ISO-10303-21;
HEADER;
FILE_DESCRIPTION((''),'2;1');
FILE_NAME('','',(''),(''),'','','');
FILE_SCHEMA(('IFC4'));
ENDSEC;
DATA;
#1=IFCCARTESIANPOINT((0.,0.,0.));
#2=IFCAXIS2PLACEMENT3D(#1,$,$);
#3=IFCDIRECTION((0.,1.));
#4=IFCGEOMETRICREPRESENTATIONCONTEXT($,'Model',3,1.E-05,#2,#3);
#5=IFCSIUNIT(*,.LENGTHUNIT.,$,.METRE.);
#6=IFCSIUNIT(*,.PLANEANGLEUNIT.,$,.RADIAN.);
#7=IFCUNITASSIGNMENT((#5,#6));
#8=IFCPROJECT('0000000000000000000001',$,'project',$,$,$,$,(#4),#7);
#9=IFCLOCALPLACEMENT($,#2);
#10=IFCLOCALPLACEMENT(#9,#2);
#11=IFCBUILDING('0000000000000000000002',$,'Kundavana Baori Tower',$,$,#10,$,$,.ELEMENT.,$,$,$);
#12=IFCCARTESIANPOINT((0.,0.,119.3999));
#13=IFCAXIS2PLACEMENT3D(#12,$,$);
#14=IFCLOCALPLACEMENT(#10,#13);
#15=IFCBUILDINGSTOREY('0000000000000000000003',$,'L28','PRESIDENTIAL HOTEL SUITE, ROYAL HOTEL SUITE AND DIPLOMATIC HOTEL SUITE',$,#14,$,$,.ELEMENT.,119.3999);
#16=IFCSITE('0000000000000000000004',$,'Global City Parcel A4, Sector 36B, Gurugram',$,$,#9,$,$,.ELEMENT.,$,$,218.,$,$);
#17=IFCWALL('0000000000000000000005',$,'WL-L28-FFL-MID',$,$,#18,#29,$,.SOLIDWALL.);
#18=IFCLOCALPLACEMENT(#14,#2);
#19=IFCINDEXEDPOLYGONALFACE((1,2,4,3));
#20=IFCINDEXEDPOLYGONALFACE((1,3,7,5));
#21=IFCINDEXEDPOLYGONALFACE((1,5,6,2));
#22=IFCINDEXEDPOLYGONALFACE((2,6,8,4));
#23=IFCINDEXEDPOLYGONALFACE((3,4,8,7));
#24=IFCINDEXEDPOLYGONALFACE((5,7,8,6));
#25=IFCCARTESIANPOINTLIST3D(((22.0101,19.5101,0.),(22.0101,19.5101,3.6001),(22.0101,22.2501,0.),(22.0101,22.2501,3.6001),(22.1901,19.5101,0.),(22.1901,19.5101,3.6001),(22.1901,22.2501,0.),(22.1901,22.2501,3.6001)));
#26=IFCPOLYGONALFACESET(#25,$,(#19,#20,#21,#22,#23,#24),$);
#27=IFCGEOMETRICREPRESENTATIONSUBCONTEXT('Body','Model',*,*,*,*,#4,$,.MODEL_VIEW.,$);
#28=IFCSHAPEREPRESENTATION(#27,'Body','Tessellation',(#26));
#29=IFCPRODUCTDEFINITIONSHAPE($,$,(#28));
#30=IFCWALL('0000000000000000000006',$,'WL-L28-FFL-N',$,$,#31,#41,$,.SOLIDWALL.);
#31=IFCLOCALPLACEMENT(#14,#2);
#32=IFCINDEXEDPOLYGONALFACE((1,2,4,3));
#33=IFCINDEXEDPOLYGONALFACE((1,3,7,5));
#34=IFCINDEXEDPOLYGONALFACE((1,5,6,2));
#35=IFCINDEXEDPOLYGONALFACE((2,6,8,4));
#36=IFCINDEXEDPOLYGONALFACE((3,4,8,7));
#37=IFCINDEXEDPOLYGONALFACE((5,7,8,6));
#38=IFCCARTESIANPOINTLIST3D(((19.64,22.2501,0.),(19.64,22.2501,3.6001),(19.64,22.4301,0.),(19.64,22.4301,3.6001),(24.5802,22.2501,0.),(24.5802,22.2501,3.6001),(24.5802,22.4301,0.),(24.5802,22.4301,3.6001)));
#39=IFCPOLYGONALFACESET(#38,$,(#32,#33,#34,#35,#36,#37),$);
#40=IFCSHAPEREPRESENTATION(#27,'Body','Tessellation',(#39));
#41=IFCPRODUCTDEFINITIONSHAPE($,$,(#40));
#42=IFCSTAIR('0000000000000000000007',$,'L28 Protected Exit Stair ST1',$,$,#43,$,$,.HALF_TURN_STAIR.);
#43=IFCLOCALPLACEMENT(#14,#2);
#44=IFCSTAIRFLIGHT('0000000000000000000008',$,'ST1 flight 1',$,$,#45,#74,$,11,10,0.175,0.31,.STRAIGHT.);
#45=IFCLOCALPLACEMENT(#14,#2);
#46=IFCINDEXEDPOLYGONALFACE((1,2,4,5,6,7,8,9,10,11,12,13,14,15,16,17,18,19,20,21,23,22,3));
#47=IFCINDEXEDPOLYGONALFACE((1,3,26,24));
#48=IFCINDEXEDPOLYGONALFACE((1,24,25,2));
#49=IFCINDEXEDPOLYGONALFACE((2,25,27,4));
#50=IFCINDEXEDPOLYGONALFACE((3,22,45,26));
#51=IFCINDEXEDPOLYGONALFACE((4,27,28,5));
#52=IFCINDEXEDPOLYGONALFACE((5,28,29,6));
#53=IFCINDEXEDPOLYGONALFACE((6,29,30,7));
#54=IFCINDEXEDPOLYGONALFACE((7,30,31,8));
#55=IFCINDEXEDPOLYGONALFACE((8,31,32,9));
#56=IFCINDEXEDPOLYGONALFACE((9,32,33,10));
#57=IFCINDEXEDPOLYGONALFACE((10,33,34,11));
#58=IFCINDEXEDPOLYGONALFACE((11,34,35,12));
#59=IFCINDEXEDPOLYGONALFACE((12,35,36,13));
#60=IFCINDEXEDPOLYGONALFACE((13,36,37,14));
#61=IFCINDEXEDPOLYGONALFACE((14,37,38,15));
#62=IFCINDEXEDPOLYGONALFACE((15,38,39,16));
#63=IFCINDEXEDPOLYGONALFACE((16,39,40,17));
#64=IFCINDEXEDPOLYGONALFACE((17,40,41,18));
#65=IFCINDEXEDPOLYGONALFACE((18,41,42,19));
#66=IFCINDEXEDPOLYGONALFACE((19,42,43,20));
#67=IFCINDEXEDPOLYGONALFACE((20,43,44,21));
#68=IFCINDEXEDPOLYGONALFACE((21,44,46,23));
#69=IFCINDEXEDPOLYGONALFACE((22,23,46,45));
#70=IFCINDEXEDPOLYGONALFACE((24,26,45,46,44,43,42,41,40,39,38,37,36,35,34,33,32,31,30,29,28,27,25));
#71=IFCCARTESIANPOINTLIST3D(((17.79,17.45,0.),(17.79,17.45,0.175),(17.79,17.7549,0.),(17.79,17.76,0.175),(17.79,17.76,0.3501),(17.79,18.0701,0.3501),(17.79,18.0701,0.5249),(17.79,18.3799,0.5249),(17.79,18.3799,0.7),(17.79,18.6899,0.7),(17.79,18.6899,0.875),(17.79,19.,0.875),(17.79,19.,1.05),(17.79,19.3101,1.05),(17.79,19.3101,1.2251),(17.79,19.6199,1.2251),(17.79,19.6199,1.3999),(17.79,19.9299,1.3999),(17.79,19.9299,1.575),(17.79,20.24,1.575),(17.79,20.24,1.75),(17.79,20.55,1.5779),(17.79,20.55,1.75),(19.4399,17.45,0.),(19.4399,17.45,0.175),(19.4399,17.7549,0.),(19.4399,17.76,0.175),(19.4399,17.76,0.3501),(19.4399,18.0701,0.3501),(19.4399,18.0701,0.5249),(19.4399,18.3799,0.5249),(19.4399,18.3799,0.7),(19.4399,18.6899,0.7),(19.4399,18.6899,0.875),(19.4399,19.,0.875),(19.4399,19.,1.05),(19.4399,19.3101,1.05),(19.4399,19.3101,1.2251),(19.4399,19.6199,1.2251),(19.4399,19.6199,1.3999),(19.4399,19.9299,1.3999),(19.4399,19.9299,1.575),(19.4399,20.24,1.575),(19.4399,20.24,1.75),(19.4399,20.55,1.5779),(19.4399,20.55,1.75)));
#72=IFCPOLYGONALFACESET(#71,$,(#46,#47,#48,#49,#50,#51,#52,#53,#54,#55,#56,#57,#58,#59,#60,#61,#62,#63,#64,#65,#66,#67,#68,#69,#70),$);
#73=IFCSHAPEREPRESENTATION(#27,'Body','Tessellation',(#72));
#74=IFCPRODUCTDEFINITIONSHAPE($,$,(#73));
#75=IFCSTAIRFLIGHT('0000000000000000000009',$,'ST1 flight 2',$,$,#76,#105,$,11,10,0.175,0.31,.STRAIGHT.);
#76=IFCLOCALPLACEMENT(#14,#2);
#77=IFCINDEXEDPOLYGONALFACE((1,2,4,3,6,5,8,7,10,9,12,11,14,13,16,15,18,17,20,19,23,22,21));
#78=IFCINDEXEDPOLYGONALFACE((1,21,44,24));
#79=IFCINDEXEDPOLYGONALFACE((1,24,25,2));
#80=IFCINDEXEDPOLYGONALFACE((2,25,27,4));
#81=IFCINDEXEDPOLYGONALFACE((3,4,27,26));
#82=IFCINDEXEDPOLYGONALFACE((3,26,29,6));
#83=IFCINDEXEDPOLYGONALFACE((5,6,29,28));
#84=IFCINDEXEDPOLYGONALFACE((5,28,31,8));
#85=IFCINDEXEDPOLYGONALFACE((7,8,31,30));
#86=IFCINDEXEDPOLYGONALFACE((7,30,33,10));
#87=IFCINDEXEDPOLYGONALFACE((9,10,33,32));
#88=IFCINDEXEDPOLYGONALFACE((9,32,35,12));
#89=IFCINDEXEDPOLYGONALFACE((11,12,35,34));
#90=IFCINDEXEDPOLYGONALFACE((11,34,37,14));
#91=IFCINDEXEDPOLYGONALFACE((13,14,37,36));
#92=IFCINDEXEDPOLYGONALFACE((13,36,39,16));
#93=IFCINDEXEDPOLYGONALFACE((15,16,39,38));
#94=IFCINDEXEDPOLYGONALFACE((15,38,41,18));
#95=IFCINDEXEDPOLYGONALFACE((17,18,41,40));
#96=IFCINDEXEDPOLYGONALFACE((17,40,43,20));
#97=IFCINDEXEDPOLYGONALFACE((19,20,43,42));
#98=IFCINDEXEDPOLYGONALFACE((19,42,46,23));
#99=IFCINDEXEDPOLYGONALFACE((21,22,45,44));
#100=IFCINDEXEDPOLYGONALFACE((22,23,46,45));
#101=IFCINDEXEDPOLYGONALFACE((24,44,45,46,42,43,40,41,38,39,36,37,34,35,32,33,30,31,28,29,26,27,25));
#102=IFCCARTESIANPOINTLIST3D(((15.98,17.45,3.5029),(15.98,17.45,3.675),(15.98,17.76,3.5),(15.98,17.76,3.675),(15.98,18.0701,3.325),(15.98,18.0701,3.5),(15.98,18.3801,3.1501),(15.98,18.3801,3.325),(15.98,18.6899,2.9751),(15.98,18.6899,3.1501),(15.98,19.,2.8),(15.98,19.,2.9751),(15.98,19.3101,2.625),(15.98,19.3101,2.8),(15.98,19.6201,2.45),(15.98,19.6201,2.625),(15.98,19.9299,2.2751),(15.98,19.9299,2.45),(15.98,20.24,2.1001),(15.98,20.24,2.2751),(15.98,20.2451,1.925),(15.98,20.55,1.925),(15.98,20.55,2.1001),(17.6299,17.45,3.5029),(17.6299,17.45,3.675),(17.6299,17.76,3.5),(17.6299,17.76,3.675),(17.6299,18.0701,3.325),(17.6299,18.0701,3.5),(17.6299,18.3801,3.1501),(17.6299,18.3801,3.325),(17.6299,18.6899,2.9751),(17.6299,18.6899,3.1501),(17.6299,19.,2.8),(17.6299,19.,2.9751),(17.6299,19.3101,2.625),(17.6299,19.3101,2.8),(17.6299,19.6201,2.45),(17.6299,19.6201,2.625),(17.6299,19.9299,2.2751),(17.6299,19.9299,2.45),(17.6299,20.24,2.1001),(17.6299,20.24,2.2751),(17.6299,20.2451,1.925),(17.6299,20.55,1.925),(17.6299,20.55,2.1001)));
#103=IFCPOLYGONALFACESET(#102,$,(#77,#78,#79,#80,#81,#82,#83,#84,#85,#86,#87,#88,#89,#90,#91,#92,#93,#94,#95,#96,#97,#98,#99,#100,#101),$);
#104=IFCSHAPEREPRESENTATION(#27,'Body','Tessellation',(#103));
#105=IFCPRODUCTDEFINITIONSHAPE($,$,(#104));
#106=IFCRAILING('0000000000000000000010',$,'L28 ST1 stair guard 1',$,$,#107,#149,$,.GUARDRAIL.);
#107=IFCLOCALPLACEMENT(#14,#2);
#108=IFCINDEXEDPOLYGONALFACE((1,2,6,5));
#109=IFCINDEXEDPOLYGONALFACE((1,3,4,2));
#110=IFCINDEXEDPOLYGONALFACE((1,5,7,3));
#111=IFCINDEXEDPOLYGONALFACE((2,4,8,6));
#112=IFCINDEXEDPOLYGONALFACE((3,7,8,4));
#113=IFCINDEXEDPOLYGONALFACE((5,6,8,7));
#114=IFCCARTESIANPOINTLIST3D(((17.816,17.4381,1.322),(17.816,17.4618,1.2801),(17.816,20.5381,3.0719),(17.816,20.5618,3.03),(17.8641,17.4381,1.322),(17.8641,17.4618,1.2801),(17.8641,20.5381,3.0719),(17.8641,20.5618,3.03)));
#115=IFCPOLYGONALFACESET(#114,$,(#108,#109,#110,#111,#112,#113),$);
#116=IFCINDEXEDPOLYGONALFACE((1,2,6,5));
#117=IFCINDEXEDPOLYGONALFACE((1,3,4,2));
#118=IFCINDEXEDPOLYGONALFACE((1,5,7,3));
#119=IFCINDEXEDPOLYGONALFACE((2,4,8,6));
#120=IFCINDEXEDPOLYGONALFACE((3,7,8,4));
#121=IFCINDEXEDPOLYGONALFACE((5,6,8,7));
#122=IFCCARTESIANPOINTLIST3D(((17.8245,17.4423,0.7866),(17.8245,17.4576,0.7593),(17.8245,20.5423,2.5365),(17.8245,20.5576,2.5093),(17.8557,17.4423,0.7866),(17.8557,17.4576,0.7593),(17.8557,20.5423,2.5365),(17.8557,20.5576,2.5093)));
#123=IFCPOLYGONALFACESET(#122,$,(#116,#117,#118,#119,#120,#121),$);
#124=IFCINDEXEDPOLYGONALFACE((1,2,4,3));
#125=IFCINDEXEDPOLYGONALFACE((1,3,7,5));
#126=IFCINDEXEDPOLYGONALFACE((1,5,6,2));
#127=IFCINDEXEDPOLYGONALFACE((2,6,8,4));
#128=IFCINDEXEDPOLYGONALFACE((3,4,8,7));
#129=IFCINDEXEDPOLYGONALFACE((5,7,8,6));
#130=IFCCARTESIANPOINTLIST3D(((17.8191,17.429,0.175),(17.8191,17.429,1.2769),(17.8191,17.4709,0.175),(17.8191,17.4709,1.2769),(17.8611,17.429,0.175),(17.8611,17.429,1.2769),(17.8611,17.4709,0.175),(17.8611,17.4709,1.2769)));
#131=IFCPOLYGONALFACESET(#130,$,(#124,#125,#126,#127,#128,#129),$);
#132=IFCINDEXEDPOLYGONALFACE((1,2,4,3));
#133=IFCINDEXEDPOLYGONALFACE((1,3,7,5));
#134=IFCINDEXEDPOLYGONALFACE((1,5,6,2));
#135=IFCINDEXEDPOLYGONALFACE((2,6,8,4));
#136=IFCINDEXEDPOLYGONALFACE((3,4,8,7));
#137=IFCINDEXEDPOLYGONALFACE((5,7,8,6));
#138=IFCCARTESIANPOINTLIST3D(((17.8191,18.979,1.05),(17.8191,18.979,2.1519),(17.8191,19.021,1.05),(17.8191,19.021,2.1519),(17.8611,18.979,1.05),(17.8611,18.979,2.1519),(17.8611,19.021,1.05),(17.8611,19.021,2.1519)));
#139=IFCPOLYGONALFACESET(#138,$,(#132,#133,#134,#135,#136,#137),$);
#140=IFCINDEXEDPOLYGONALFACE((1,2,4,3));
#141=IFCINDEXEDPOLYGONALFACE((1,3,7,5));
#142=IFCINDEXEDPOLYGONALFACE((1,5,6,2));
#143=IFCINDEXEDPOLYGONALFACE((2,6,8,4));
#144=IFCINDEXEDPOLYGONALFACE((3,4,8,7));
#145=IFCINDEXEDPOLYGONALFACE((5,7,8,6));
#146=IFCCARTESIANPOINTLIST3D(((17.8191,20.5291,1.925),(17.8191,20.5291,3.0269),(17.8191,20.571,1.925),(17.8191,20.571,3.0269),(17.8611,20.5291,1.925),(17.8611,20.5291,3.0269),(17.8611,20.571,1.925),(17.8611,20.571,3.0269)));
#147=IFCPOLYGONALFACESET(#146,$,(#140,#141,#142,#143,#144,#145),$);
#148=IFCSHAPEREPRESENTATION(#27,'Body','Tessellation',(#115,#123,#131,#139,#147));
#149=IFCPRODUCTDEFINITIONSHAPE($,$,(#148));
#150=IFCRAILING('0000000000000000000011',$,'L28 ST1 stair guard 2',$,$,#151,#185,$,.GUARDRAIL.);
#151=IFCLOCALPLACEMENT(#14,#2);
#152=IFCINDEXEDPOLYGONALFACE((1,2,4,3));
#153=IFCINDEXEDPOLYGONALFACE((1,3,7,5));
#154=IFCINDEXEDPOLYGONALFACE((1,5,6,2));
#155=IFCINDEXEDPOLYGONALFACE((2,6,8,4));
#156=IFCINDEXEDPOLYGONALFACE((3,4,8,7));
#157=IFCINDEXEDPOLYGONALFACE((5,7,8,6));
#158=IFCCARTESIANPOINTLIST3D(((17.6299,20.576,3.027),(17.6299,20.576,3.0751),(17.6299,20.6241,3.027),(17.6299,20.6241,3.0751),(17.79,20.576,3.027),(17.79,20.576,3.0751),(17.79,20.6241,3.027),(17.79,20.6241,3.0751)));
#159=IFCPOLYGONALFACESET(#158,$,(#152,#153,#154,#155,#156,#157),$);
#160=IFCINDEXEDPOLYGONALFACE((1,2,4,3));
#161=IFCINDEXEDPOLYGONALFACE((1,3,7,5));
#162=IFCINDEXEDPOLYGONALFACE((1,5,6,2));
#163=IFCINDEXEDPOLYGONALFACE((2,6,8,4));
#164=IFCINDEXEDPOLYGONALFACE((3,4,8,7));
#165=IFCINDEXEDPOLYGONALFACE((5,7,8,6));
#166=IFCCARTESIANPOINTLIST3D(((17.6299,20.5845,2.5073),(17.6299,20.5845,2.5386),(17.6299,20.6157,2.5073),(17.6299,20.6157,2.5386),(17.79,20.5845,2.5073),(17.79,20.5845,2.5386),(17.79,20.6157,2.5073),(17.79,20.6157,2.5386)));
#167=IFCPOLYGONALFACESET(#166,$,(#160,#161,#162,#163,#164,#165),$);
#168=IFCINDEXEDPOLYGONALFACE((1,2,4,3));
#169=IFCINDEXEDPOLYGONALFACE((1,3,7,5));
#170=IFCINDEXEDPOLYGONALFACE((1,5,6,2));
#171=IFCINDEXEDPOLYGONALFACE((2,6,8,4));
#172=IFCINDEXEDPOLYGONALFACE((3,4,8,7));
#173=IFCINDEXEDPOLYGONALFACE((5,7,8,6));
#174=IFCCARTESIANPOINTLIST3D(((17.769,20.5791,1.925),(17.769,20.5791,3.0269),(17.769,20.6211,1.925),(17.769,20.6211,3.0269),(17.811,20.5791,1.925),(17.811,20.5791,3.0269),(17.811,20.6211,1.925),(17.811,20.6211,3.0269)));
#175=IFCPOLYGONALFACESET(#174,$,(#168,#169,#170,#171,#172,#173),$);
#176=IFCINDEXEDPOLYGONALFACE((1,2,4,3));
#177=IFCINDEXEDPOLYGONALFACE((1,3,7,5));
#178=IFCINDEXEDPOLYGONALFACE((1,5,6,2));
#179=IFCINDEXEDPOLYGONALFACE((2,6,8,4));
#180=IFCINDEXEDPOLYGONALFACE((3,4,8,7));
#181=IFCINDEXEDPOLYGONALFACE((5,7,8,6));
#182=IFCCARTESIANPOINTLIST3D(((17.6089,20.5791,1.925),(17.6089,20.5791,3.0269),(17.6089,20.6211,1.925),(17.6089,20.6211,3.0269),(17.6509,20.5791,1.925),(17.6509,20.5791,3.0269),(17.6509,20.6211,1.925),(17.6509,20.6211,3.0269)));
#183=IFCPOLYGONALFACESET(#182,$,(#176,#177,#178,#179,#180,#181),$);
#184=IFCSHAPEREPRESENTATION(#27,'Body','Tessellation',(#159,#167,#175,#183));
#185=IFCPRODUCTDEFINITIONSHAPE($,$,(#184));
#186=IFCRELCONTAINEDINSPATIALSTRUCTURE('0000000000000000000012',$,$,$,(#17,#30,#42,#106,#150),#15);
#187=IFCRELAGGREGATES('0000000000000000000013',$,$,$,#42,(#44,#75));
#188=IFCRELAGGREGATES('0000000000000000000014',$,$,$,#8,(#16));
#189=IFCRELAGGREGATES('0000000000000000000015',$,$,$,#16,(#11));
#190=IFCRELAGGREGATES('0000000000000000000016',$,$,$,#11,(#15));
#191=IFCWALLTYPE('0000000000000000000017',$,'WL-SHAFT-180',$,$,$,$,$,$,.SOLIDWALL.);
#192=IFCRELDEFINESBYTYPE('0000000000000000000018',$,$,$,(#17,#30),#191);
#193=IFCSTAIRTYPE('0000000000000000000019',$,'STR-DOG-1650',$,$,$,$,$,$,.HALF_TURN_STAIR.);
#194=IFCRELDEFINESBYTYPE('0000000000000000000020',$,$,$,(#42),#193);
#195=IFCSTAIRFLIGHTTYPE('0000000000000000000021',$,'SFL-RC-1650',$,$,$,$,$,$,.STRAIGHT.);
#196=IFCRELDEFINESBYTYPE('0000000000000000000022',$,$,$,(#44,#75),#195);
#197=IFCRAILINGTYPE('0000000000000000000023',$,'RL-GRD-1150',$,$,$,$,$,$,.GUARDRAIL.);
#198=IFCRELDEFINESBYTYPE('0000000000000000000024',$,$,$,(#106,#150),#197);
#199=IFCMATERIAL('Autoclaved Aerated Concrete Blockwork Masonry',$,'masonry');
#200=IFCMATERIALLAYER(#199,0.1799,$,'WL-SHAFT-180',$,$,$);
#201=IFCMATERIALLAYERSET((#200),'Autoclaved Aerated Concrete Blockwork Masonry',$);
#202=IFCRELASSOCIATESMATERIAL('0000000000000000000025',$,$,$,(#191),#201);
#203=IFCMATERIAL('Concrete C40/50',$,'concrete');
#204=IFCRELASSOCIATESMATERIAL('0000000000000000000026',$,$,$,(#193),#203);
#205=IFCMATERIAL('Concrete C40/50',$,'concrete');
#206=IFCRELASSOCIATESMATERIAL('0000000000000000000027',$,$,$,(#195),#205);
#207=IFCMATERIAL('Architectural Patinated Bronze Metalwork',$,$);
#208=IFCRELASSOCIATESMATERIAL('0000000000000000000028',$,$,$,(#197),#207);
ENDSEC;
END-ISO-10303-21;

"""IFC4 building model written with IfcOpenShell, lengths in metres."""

from ifc_helpers import new_model, si_unit, direction, frame, frame_2d, origin, origin_2d, place, context, subcontext, project, spatial, polyline, rectangle, outline, extrude, material, layer, layer_set, type_object, element, aggregate, save


model = new_model("IFC4")

# Units and contexts
model_context = context("Model", 3, precision=1e-05, world=origin(), true_north=direction((0.0, 1.0)))
body_context = subcontext(model_context, "Body", "Model", "MODEL_VIEW")
ifc_project = project(units=[si_unit("LENGTHUNIT", "METRE"), si_unit("PLANEANGLEUNIT", "RADIAN")], contexts=[model_context])

# Site, building, storey
site_placement = place(None, origin())
site = spatial("IfcSite", under=ifc_project, at=site_placement, Name="Global City Parcel A4, Sector 36B, Gurugram", CompositionType="ELEMENT", RefElevation=218.0)
building_placement = place(site_placement, origin())
building = spatial("IfcBuilding", under=site, at=building_placement, Name="Kundavana Baori Tower", CompositionType="ELEMENT")
storey_placement = place(building_placement, frame((0.0, 0.0, 119.3999)))
storey = spatial("IfcBuildingStorey", under=building, at=storey_placement, Name="L28", Description="PRESIDENTIAL HOTEL SUITE, ROYAL HOTEL SUITE AND DIPLOMATIC HOTEL SUITE", CompositionType="ELEMENT", Elevation=119.3999)

# Shared definitions
ifc_material_1 = material(Name="Autoclaved Aerated Concrete Blockwork Masonry", Category="masonry")
ifc_layer_1 = layer(ifc_material_1, 0.1799, Name="WL-SHAFT-180")
ifc_layer_set_1 = layer_set([ifc_layer_1], Name="Autoclaved Aerated Concrete Blockwork Masonry")
wall_type_1 = type_object("IfcWallType", Name="WL-SHAFT-180", PredefinedType="SOLIDWALL", material=ifc_layer_set_1)

# Walls
wall_1_placement = place(storey_placement, frame((22.1001, 19.51, 0.0), z_axis=(0.0, 0.0, 1.0), x_axis=(0.0, 1.0, 0.0)))
element("IfcWall", 1, at=wall_1_placement, inside=storey, type_object=wall_type_1, Name="WL-L28-FFL-MID", PredefinedType="SOLIDWALL", context=body_context, shape_type="SweptSolid", body=[
    extrude(rectangle(XDim=2.74, YDim=0.1799, at=frame_2d((1.3701, 0.0))), origin(), (0.0, 0.0, 1.0), 3.6001),
])
wall_2_placement = place(storey_placement, frame((19.6399, 22.3401, 0.0), z_axis=(0.0, 0.0, 1.0), x_axis=(1.0, 0.0, 0.0)))
element("IfcWall", 2, at=wall_2_placement, inside=storey, type_object=wall_type_1, Name="WL-L28-FFL-N", PredefinedType="SOLIDWALL", context=body_context, shape_type="SweptSolid", body=[
    extrude(rectangle(XDim=4.9402, YDim=0.1799, at=frame_2d((2.4702, 0.0))), origin(), (0.0, 0.0, 1.0), 3.6001),
])

# Stair, stair flights
ifc_material_2 = material(Name="Concrete C40/50", Category="concrete")
stair_type = type_object("IfcStairType", Name="STR-DOG-1650", PredefinedType="HALF_TURN_STAIR", material=ifc_material_2)
stair_placement = place(storey_placement, origin())
stair = element("IfcStair", 3, at=stair_placement, inside=storey, type_object=stair_type, Name="L28 Protected Exit Stair ST1", PredefinedType="HALF_TURN_STAIR")
ifc_material_3 = material(Name="Concrete C40/50", Category="concrete")
stair_flight_type = type_object("IfcStairFlightType", Name="SFL-RC-1650", PredefinedType="STRAIGHT", material=ifc_material_3)
stair_flight_1_placement = place(storey_placement, frame((18.615, 17.45, 0.0), z_axis=(0.0, 0.0, 1.0), x_axis=(0.0, 1.0, 0.0)))
stair_flight_1 = element("IfcStairFlight", 4, at=stair_flight_1_placement, type_object=stair_flight_type, Name="ST1 flight 1", NumberOfRisers=11, NumberOfTreads=10, PredefinedType="STRAIGHT", RiserHeight=0.175, TreadLength=0.31, context=body_context, shape_type="SweptSolid", body=[
    extrude(outline(polyline([(0.0, 0.0), (0.0, 0.175), (0.3101, 0.175), (0.3101, 0.3501), (0.6201, 0.3501), (0.6201, 0.5249), (0.9299, 0.5249), (0.9299, 0.7), (1.24, 0.7), (1.24, 0.875), (1.55, 0.875), (1.55, 1.05), (1.8601, 1.05), (1.8601, 1.2251), (2.1699, 1.2251), (2.1699, 1.3999), (2.48, 1.3999), (2.48, 1.575), (2.79, 1.575), (2.79, 1.75), (3.1001, 1.75), (3.1001, 1.925), (3.1001, 1.5779), (0.3049, 0.0), (0.0, 0.0)])), frame((0.0, 0.825, 0.0), z_axis=(0.0, -1.0, 0.0), x_axis=(1.0, 0.0, 0.0)), (0.0, 0.0, 1.0), 1.6499),
])
stair_flight_2_placement = place(storey_placement, frame((16.8049, 20.55, 1.925), z_axis=(0.0, 0.0, 1.0), x_axis=(0.0, -1.0, 0.0)))
stair_flight_2 = element("IfcStairFlight", 5, at=stair_flight_2_placement, type_object=stair_flight_type, Name="ST1 flight 2", NumberOfRisers=11, NumberOfTreads=10, PredefinedType="STRAIGHT", RiserHeight=0.175, TreadLength=0.31, context=body_context, shape_type="SweptSolid", body=[
    extrude(outline(polyline([(0.0, 0.0), (0.0, 0.175), (0.3101, 0.175), (0.3101, 0.3501), (0.6201, 0.3501), (0.6201, 0.5249), (0.9299, 0.5249), (0.9299, 0.7), (1.24, 0.7), (1.24, 0.875), (1.55, 0.875), (1.55, 1.05), (1.8601, 1.05), (1.8601, 1.2251), (2.1699, 1.2251), (2.1699, 1.3999), (2.48, 1.3999), (2.48, 1.575), (2.79, 1.575), (2.79, 1.75), (3.1001, 1.75), (3.1001, 1.925), (3.1001, 1.5779), (0.3049, 0.0), (0.0, 0.0)])), frame((0.0, 0.825, 0.0), z_axis=(0.0, -1.0, 0.0), x_axis=(1.0, 0.0, 0.0)), (0.0, 0.0, 1.0), 1.6499),
])
aggregate(stair, [stair_flight_1, stair_flight_2])

# Railings
ifc_material_4 = material(Name="Architectural Patinated Bronze Metalwork")
railing_type_1 = type_object("IfcRailingType", Name="RL-GRD-1150", PredefinedType="GUARDRAIL", material=ifc_material_4)
railing_1_placement = place(storey_placement, frame((17.8401, 17.45, 0.175)))
element("IfcRailing", 6, at=railing_1_placement, inside=storey, type_object=railing_type_1, Name="L28 ST1 stair guard 1", PredefinedType="GUARDRAIL", context=body_context, shape_type="SweptSolid", body=[
    extrude(rectangle(XDim=0.0481, YDim=0.0481, at=origin_2d()), frame((0.0, 0.0, 1.126), z_axis=(0.0, 0.870831, 0.491583), x_axis=(-1.0, 0.0, 0.0)), (0.0, 0.0, 1.0), 3.5598),
    extrude(rectangle(XDim=0.0312, YDim=0.0312, at=origin_2d()), frame((0.0, 0.0, 0.5979), z_axis=(0.0, 0.870831, 0.491583), x_axis=(-1.0, 0.0, 0.0)), (0.0, 0.0, 1.0), 3.5598),
    extrude(rectangle(XDim=0.042, YDim=0.042, at=origin_2d()), origin(), (0.0, 0.0, 1.0), 1.1018),
    extrude(rectangle(XDim=0.042, YDim=0.042, at=origin_2d()), frame((0.0, 1.55, 0.875)), (0.0, 0.0, 1.0), 1.1018),
    extrude(rectangle(XDim=0.042, YDim=0.042, at=origin_2d()), frame((0.0, 3.1001, 1.75)), (0.0, 0.0, 1.0), 1.1018),
])
railing_2_placement = place(storey_placement, frame((17.79, 20.6001, 1.925)))
element("IfcRailing", 7, at=railing_2_placement, inside=storey, type_object=railing_type_1, Name="L28 ST1 stair guard 2", PredefinedType="GUARDRAIL", context=body_context, shape_type="SweptSolid", body=[
    extrude(rectangle(XDim=0.0481, YDim=0.0481, at=origin_2d()), frame((0.0, 0.0, 1.126), z_axis=(-1.0, 0.0, 0.0), x_axis=(0.0, -1.0, 0.0)), (0.0, 0.0, 1.0), 0.1602),
    extrude(rectangle(XDim=0.0312, YDim=0.0312, at=origin_2d()), frame((0.0, 0.0, 0.5979), z_axis=(-1.0, 0.0, 0.0), x_axis=(0.0, -1.0, 0.0)), (0.0, 0.0, 1.0), 0.1602),
    extrude(rectangle(XDim=0.042, YDim=0.042, at=origin_2d()), origin(), (0.0, 0.0, 1.0), 1.1018),
    extrude(rectangle(XDim=0.042, YDim=0.042, at=origin_2d()), frame((-0.1602, 0.0, 0.0)), (0.0, 0.0, 1.0), 1.1018),
])

save(model, "model.ifc")
